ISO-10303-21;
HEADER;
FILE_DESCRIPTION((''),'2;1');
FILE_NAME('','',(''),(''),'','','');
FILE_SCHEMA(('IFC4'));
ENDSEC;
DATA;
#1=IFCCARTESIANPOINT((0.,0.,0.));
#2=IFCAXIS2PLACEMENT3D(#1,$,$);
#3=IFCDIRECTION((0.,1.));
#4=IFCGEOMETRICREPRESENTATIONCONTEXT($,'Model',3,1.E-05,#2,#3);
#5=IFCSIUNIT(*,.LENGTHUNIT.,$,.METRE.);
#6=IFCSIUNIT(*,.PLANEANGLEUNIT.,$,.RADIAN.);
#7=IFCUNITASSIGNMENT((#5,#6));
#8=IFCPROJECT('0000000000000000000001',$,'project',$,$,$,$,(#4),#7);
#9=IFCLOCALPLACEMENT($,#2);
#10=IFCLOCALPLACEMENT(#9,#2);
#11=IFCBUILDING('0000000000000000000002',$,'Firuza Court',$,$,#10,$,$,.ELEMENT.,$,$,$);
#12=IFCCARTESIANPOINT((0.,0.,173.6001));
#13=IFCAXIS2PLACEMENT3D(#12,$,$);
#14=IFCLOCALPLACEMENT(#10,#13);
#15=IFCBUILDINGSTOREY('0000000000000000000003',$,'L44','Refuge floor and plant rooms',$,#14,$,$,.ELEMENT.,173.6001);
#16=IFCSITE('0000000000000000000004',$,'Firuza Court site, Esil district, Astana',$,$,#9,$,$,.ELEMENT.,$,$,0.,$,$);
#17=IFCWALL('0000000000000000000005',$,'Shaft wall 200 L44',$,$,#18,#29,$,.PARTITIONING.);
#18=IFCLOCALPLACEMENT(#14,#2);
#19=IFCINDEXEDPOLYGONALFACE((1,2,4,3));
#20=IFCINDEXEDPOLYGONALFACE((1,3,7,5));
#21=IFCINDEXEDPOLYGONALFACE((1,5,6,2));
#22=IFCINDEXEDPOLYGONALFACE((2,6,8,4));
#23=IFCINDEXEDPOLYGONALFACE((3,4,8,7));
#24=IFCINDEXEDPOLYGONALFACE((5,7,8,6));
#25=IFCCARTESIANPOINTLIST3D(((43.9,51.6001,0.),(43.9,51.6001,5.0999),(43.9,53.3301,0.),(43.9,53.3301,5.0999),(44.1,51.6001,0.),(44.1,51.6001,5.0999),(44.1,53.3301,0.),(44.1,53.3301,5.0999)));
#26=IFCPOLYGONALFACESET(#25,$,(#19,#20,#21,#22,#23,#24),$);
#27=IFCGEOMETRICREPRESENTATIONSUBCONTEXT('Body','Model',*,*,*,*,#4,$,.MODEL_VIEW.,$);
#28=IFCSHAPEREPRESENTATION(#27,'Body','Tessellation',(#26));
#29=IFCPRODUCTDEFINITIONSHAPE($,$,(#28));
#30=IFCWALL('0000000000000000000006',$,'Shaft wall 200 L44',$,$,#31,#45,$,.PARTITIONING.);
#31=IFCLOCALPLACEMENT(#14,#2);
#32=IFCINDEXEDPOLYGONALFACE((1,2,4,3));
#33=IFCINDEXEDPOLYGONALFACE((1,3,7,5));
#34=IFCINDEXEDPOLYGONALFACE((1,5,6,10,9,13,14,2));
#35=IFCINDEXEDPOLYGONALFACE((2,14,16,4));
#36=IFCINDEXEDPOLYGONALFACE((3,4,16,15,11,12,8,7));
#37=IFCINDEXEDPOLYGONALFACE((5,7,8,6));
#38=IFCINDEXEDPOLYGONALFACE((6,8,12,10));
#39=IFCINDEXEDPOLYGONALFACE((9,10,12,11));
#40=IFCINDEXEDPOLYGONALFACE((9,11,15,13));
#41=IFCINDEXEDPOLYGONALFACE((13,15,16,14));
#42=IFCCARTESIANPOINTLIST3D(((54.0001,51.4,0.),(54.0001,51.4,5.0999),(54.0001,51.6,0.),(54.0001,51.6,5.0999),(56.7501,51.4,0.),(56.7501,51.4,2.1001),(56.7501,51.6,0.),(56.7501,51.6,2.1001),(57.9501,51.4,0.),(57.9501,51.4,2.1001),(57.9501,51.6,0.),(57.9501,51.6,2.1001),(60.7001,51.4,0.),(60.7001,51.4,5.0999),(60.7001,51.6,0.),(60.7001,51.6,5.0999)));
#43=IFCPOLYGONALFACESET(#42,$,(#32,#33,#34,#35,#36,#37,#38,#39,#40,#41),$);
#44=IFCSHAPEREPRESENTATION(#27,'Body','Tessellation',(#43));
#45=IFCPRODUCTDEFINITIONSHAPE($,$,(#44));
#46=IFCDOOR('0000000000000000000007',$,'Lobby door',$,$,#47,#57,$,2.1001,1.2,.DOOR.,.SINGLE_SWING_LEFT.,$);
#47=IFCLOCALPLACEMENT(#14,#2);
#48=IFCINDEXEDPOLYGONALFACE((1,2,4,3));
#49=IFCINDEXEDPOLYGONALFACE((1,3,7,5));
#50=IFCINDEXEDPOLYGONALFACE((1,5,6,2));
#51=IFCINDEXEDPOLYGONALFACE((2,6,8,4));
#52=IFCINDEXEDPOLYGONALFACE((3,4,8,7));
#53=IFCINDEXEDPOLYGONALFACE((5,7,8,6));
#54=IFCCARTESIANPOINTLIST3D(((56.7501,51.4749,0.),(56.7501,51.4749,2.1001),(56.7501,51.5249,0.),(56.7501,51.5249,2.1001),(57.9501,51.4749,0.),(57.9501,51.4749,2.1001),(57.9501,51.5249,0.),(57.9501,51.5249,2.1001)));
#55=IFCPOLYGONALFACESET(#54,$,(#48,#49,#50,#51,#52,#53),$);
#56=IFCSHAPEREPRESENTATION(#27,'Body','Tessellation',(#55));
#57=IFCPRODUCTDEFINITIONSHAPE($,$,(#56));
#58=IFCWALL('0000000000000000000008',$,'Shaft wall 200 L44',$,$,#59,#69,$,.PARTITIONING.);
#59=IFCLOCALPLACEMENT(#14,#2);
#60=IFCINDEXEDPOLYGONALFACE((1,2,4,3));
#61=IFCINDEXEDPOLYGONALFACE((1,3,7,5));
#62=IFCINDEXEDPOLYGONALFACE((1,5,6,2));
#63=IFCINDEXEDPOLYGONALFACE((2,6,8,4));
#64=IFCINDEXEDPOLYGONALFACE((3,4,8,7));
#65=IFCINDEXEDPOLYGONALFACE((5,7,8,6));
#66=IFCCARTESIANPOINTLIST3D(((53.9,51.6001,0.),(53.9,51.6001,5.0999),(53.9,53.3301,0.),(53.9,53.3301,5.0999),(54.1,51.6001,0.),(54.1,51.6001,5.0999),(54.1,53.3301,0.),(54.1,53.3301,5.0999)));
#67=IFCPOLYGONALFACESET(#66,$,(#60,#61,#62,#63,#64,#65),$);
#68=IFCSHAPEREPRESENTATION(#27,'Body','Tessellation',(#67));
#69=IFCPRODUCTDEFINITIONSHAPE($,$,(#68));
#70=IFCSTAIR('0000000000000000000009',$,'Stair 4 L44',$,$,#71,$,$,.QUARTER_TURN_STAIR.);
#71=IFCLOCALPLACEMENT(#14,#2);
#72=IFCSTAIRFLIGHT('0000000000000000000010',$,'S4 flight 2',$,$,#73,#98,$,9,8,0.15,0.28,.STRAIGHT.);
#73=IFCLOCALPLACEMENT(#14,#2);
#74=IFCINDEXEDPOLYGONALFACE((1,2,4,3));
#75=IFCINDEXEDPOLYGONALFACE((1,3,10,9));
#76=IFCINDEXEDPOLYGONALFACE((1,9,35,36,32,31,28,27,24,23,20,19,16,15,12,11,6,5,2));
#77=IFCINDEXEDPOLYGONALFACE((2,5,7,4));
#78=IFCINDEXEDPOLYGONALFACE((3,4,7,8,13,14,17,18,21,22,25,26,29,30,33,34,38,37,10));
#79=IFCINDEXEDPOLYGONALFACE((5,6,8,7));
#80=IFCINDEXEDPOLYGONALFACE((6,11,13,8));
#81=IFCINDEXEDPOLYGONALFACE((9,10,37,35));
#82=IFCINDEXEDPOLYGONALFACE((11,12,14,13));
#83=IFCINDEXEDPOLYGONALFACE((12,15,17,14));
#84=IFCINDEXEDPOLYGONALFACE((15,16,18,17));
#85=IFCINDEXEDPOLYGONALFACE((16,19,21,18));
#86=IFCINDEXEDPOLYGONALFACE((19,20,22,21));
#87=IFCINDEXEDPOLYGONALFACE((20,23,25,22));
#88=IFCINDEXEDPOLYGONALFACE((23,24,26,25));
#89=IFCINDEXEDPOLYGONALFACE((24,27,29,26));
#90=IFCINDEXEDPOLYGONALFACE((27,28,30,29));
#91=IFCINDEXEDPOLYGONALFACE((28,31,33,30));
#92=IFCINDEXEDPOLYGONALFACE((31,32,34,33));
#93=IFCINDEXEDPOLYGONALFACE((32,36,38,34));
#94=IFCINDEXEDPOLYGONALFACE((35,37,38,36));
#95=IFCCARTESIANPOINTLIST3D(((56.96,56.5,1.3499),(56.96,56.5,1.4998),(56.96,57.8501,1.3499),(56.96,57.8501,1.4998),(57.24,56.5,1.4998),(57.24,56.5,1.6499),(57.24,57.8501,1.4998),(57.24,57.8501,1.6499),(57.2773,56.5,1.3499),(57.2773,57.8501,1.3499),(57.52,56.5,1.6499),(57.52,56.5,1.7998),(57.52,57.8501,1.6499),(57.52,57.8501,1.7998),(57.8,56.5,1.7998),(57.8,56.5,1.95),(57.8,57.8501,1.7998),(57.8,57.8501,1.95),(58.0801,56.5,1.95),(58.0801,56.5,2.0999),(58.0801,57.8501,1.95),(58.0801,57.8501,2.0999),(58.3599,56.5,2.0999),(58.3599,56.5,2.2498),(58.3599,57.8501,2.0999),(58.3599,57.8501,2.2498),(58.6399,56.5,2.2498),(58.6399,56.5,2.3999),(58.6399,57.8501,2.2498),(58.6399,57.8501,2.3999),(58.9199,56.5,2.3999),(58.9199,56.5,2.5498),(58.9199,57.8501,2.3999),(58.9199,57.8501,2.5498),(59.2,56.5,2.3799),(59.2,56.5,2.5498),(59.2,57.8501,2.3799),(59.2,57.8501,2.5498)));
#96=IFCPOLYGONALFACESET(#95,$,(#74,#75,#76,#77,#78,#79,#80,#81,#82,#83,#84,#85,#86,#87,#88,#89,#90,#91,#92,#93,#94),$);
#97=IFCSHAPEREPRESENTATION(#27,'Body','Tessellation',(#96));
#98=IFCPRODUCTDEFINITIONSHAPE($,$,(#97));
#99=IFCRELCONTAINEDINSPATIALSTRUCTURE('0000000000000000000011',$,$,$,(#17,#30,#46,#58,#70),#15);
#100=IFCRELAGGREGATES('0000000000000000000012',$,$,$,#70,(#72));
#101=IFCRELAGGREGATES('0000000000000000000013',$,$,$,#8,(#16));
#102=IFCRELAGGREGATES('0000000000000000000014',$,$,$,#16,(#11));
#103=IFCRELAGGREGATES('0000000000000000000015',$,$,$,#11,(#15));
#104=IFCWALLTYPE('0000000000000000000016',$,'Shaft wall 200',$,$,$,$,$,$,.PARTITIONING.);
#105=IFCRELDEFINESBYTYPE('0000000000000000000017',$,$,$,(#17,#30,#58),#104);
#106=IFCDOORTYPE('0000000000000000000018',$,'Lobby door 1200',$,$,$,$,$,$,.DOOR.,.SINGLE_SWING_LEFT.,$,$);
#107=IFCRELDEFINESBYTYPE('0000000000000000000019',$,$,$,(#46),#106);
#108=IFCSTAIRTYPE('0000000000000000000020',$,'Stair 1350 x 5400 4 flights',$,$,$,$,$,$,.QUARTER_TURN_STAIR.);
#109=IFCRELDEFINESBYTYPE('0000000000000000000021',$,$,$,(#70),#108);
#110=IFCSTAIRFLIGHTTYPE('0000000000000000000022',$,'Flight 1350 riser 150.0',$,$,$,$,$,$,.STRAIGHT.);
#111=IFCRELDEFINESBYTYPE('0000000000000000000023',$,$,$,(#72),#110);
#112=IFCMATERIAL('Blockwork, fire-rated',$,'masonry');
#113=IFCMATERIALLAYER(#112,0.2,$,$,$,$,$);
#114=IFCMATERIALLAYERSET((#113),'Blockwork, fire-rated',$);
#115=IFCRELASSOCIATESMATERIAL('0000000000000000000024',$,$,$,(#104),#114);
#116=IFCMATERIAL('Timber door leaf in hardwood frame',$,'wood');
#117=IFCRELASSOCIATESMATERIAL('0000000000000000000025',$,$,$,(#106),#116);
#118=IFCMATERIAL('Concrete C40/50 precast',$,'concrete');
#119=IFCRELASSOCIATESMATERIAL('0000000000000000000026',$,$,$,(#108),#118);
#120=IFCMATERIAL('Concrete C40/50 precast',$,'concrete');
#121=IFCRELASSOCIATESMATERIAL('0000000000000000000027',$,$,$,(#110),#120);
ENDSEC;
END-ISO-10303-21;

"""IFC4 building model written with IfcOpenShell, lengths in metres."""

from ifc_helpers import new_model, si_unit, direction, frame, frame_2d, origin, place, context, subcontext, project, spatial, polyline, rectangle, outline, extrude, material, layer, layer_set, type_object, element, fill, aggregate, save


model = new_model("IFC4")

# Units and contexts
model_context = context("Model", 3, precision=1e-05, world=origin(), true_north=direction((0.0, 1.0)))
body_context = subcontext(model_context, "Body", "Model", "MODEL_VIEW")
ifc_project = project(units=[si_unit("LENGTHUNIT", "METRE"), si_unit("PLANEANGLEUNIT", "RADIAN")], contexts=[model_context])

# Site, building, storey
site_placement = place(None, origin())
site = spatial("IfcSite", under=ifc_project, at=site_placement, Name="Firuza Court site, Esil district, Astana", CompositionType="ELEMENT", RefElevation=0.0)
building_placement = place(site_placement, origin())
building = spatial("IfcBuilding", under=site, at=building_placement, Name="Firuza Court", CompositionType="ELEMENT")
storey_placement = place(building_placement, frame((0.0, 0.0, 173.6001)))
storey = spatial("IfcBuildingStorey", under=building, at=storey_placement, Name="L44", Description="Refuge floor and plant rooms", CompositionType="ELEMENT", Elevation=173.6001)

# Shared definitions
ifc_material_1 = material(Name="Blockwork, fire-rated", Category="masonry")

# Wall
ifc_layer_1 = layer(ifc_material_1, 0.2)
ifc_layer_set_1 = layer_set([ifc_layer_1], Name="Blockwork, fire-rated")
wall_type_1 = type_object("IfcWallType", Name="Shaft wall 200", PredefinedType="PARTITIONING", material=ifc_layer_set_1)
wall_1_placement = place(storey_placement, frame((44.0, 51.6001, 0.0), z_axis=(0.0, 0.0, 1.0), x_axis=(0.0, 1.0, 0.0)))
element("IfcWall", 1, at=wall_1_placement, inside=storey, type_object=wall_type_1, Name="Shaft wall 200 L44", PredefinedType="PARTITIONING", context=body_context, shape_type="SweptSolid", body=[
    extrude(rectangle(XDim=1.73, YDim=0.2, at=frame_2d((0.865, 0.0))), origin(), (0.0, 0.0, 1.0), 5.0999),
])

# Wall, opening, door
wall_2_placement = place(storey_placement, frame((54.0, 51.5, 0.0), z_axis=(0.0, 0.0, 1.0), x_axis=(1.0, 0.0, 0.0)))
wall_2 = element("IfcWall", 2, at=wall_2_placement, inside=storey, type_object=wall_type_1, Name="Shaft wall 200 L44", PredefinedType="PARTITIONING", context=body_context, shape_type="SweptSolid", body=[
    extrude(rectangle(XDim=6.7, YDim=0.2, at=frame_2d((3.3501, 0.0))), origin(), (0.0, 0.0, 1.0), 5.0999),
])
opening_1_placement = place(wall_2_placement, frame((2.75, 0.0, 0.0)))
opening_1 = element("IfcOpeningElement", 3, at=opening_1_placement, cuts=wall_2, PredefinedType="OPENING", context=body_context, shape_type="SweptSolid", body=[
    extrude(rectangle(XDim=1.2, YDim=2.1001, at=frame_2d((0.6001, 1.05))), frame((0.0, 0.1118, 0.0), z_axis=(0.0, -1.0, 0.0), x_axis=(1.0, 0.0, 0.0)), (0.0, 0.0, 1.0), 0.2239),
])
ifc_material_2 = material(Name="Timber door leaf in hardwood frame", Category="wood")
door_type_1 = type_object("IfcDoorType", Name="Lobby door 1200", OperationType="SINGLE_SWING_LEFT", PredefinedType="DOOR", material=ifc_material_2)
door_1_placement = place(opening_1_placement, origin())
door_1 = element("IfcDoor", 4, at=door_1_placement, inside=storey, type_object=door_type_1, Name="Lobby door", OperationType="SINGLE_SWING_LEFT", OverallHeight=2.1001, OverallWidth=1.2, PredefinedType="DOOR", context=body_context, shape_type="SweptSolid", body=[
    extrude(rectangle(XDim=1.2, YDim=2.1001, at=frame_2d((0.6001, 1.05))), frame((0.0, 0.0249, 0.0), z_axis=(0.0, -1.0, 0.0), x_axis=(1.0, 0.0, 0.0)), (0.0, 0.0, 1.0), 0.05),
])
fill(opening_1, door_1)

# Wall
wall_3_placement = place(storey_placement, frame((54.0, 51.6001, 0.0), z_axis=(0.0, 0.0, 1.0), x_axis=(0.0, 1.0, 0.0)))
element("IfcWall", 5, at=wall_3_placement, inside=storey, type_object=wall_type_1, Name="Shaft wall 200 L44", PredefinedType="PARTITIONING", context=body_context, shape_type="SweptSolid", body=[
    extrude(rectangle(XDim=1.73, YDim=0.2, at=frame_2d((0.865, 0.0))), origin(), (0.0, 0.0, 1.0), 5.0999),
])

# Stair, stair flight
ifc_material_3 = material(Name="Concrete C40/50 precast", Category="concrete")
stair_type = type_object("IfcStairType", Name="Stair 1350 x 5400 4 flights", PredefinedType="QUARTER_TURN_STAIR", material=ifc_material_3)
stair_placement = place(storey_placement, origin())
stair = element("IfcStair", 6, at=stair_placement, inside=storey, type_object=stair_type, Name="Stair 4 L44", PredefinedType="QUARTER_TURN_STAIR")
ifc_material_4 = material(Name="Concrete C40/50 precast", Category="concrete")
stair_flight_type = type_object("IfcStairFlightType", Name="Flight 1350 riser 150.0", PredefinedType="STRAIGHT", material=ifc_material_4)
stair_flight_placement = place(storey_placement, frame((56.96, 57.175, 1.3499), z_axis=(0.0, 0.0, 1.0), x_axis=(1.0, 0.0, 0.0)))
stair_flight = element("IfcStairFlight", 7, at=stair_flight_placement, type_object=stair_flight_type, Name="S4 flight 2", NumberOfRisers=9, NumberOfTreads=8, PredefinedType="STRAIGHT", RiserHeight=0.15, TreadLength=0.28, context=body_context, shape_type="SweptSolid", body=[
    extrude(outline(polyline([(0.0, 0.0), (0.0, 0.1499), (0.28, 0.1499), (0.28, 0.3), (0.5601, 0.3), (0.5601, 0.45), (0.8401, 0.45), (0.8401, 0.6001), (1.1201, 0.6001), (1.1201, 0.75), (1.3999, 0.75), (1.3999, 0.8999), (1.6799, 0.8999), (1.6799, 1.05), (1.96, 1.05), (1.96, 1.2), (2.24, 1.2), (2.24, 1.3501), (2.24, 1.03), (0.3174, 0.0), (0.0, 0.0)])), frame((0.0, 0.675, 0.0), z_axis=(0.0, -1.0, 0.0), x_axis=(1.0, 0.0, 0.0)), (0.0, 0.0, 1.0), 1.3501),
])
aggregate(stair, [stair_flight])

save(model, "model.ifc")
